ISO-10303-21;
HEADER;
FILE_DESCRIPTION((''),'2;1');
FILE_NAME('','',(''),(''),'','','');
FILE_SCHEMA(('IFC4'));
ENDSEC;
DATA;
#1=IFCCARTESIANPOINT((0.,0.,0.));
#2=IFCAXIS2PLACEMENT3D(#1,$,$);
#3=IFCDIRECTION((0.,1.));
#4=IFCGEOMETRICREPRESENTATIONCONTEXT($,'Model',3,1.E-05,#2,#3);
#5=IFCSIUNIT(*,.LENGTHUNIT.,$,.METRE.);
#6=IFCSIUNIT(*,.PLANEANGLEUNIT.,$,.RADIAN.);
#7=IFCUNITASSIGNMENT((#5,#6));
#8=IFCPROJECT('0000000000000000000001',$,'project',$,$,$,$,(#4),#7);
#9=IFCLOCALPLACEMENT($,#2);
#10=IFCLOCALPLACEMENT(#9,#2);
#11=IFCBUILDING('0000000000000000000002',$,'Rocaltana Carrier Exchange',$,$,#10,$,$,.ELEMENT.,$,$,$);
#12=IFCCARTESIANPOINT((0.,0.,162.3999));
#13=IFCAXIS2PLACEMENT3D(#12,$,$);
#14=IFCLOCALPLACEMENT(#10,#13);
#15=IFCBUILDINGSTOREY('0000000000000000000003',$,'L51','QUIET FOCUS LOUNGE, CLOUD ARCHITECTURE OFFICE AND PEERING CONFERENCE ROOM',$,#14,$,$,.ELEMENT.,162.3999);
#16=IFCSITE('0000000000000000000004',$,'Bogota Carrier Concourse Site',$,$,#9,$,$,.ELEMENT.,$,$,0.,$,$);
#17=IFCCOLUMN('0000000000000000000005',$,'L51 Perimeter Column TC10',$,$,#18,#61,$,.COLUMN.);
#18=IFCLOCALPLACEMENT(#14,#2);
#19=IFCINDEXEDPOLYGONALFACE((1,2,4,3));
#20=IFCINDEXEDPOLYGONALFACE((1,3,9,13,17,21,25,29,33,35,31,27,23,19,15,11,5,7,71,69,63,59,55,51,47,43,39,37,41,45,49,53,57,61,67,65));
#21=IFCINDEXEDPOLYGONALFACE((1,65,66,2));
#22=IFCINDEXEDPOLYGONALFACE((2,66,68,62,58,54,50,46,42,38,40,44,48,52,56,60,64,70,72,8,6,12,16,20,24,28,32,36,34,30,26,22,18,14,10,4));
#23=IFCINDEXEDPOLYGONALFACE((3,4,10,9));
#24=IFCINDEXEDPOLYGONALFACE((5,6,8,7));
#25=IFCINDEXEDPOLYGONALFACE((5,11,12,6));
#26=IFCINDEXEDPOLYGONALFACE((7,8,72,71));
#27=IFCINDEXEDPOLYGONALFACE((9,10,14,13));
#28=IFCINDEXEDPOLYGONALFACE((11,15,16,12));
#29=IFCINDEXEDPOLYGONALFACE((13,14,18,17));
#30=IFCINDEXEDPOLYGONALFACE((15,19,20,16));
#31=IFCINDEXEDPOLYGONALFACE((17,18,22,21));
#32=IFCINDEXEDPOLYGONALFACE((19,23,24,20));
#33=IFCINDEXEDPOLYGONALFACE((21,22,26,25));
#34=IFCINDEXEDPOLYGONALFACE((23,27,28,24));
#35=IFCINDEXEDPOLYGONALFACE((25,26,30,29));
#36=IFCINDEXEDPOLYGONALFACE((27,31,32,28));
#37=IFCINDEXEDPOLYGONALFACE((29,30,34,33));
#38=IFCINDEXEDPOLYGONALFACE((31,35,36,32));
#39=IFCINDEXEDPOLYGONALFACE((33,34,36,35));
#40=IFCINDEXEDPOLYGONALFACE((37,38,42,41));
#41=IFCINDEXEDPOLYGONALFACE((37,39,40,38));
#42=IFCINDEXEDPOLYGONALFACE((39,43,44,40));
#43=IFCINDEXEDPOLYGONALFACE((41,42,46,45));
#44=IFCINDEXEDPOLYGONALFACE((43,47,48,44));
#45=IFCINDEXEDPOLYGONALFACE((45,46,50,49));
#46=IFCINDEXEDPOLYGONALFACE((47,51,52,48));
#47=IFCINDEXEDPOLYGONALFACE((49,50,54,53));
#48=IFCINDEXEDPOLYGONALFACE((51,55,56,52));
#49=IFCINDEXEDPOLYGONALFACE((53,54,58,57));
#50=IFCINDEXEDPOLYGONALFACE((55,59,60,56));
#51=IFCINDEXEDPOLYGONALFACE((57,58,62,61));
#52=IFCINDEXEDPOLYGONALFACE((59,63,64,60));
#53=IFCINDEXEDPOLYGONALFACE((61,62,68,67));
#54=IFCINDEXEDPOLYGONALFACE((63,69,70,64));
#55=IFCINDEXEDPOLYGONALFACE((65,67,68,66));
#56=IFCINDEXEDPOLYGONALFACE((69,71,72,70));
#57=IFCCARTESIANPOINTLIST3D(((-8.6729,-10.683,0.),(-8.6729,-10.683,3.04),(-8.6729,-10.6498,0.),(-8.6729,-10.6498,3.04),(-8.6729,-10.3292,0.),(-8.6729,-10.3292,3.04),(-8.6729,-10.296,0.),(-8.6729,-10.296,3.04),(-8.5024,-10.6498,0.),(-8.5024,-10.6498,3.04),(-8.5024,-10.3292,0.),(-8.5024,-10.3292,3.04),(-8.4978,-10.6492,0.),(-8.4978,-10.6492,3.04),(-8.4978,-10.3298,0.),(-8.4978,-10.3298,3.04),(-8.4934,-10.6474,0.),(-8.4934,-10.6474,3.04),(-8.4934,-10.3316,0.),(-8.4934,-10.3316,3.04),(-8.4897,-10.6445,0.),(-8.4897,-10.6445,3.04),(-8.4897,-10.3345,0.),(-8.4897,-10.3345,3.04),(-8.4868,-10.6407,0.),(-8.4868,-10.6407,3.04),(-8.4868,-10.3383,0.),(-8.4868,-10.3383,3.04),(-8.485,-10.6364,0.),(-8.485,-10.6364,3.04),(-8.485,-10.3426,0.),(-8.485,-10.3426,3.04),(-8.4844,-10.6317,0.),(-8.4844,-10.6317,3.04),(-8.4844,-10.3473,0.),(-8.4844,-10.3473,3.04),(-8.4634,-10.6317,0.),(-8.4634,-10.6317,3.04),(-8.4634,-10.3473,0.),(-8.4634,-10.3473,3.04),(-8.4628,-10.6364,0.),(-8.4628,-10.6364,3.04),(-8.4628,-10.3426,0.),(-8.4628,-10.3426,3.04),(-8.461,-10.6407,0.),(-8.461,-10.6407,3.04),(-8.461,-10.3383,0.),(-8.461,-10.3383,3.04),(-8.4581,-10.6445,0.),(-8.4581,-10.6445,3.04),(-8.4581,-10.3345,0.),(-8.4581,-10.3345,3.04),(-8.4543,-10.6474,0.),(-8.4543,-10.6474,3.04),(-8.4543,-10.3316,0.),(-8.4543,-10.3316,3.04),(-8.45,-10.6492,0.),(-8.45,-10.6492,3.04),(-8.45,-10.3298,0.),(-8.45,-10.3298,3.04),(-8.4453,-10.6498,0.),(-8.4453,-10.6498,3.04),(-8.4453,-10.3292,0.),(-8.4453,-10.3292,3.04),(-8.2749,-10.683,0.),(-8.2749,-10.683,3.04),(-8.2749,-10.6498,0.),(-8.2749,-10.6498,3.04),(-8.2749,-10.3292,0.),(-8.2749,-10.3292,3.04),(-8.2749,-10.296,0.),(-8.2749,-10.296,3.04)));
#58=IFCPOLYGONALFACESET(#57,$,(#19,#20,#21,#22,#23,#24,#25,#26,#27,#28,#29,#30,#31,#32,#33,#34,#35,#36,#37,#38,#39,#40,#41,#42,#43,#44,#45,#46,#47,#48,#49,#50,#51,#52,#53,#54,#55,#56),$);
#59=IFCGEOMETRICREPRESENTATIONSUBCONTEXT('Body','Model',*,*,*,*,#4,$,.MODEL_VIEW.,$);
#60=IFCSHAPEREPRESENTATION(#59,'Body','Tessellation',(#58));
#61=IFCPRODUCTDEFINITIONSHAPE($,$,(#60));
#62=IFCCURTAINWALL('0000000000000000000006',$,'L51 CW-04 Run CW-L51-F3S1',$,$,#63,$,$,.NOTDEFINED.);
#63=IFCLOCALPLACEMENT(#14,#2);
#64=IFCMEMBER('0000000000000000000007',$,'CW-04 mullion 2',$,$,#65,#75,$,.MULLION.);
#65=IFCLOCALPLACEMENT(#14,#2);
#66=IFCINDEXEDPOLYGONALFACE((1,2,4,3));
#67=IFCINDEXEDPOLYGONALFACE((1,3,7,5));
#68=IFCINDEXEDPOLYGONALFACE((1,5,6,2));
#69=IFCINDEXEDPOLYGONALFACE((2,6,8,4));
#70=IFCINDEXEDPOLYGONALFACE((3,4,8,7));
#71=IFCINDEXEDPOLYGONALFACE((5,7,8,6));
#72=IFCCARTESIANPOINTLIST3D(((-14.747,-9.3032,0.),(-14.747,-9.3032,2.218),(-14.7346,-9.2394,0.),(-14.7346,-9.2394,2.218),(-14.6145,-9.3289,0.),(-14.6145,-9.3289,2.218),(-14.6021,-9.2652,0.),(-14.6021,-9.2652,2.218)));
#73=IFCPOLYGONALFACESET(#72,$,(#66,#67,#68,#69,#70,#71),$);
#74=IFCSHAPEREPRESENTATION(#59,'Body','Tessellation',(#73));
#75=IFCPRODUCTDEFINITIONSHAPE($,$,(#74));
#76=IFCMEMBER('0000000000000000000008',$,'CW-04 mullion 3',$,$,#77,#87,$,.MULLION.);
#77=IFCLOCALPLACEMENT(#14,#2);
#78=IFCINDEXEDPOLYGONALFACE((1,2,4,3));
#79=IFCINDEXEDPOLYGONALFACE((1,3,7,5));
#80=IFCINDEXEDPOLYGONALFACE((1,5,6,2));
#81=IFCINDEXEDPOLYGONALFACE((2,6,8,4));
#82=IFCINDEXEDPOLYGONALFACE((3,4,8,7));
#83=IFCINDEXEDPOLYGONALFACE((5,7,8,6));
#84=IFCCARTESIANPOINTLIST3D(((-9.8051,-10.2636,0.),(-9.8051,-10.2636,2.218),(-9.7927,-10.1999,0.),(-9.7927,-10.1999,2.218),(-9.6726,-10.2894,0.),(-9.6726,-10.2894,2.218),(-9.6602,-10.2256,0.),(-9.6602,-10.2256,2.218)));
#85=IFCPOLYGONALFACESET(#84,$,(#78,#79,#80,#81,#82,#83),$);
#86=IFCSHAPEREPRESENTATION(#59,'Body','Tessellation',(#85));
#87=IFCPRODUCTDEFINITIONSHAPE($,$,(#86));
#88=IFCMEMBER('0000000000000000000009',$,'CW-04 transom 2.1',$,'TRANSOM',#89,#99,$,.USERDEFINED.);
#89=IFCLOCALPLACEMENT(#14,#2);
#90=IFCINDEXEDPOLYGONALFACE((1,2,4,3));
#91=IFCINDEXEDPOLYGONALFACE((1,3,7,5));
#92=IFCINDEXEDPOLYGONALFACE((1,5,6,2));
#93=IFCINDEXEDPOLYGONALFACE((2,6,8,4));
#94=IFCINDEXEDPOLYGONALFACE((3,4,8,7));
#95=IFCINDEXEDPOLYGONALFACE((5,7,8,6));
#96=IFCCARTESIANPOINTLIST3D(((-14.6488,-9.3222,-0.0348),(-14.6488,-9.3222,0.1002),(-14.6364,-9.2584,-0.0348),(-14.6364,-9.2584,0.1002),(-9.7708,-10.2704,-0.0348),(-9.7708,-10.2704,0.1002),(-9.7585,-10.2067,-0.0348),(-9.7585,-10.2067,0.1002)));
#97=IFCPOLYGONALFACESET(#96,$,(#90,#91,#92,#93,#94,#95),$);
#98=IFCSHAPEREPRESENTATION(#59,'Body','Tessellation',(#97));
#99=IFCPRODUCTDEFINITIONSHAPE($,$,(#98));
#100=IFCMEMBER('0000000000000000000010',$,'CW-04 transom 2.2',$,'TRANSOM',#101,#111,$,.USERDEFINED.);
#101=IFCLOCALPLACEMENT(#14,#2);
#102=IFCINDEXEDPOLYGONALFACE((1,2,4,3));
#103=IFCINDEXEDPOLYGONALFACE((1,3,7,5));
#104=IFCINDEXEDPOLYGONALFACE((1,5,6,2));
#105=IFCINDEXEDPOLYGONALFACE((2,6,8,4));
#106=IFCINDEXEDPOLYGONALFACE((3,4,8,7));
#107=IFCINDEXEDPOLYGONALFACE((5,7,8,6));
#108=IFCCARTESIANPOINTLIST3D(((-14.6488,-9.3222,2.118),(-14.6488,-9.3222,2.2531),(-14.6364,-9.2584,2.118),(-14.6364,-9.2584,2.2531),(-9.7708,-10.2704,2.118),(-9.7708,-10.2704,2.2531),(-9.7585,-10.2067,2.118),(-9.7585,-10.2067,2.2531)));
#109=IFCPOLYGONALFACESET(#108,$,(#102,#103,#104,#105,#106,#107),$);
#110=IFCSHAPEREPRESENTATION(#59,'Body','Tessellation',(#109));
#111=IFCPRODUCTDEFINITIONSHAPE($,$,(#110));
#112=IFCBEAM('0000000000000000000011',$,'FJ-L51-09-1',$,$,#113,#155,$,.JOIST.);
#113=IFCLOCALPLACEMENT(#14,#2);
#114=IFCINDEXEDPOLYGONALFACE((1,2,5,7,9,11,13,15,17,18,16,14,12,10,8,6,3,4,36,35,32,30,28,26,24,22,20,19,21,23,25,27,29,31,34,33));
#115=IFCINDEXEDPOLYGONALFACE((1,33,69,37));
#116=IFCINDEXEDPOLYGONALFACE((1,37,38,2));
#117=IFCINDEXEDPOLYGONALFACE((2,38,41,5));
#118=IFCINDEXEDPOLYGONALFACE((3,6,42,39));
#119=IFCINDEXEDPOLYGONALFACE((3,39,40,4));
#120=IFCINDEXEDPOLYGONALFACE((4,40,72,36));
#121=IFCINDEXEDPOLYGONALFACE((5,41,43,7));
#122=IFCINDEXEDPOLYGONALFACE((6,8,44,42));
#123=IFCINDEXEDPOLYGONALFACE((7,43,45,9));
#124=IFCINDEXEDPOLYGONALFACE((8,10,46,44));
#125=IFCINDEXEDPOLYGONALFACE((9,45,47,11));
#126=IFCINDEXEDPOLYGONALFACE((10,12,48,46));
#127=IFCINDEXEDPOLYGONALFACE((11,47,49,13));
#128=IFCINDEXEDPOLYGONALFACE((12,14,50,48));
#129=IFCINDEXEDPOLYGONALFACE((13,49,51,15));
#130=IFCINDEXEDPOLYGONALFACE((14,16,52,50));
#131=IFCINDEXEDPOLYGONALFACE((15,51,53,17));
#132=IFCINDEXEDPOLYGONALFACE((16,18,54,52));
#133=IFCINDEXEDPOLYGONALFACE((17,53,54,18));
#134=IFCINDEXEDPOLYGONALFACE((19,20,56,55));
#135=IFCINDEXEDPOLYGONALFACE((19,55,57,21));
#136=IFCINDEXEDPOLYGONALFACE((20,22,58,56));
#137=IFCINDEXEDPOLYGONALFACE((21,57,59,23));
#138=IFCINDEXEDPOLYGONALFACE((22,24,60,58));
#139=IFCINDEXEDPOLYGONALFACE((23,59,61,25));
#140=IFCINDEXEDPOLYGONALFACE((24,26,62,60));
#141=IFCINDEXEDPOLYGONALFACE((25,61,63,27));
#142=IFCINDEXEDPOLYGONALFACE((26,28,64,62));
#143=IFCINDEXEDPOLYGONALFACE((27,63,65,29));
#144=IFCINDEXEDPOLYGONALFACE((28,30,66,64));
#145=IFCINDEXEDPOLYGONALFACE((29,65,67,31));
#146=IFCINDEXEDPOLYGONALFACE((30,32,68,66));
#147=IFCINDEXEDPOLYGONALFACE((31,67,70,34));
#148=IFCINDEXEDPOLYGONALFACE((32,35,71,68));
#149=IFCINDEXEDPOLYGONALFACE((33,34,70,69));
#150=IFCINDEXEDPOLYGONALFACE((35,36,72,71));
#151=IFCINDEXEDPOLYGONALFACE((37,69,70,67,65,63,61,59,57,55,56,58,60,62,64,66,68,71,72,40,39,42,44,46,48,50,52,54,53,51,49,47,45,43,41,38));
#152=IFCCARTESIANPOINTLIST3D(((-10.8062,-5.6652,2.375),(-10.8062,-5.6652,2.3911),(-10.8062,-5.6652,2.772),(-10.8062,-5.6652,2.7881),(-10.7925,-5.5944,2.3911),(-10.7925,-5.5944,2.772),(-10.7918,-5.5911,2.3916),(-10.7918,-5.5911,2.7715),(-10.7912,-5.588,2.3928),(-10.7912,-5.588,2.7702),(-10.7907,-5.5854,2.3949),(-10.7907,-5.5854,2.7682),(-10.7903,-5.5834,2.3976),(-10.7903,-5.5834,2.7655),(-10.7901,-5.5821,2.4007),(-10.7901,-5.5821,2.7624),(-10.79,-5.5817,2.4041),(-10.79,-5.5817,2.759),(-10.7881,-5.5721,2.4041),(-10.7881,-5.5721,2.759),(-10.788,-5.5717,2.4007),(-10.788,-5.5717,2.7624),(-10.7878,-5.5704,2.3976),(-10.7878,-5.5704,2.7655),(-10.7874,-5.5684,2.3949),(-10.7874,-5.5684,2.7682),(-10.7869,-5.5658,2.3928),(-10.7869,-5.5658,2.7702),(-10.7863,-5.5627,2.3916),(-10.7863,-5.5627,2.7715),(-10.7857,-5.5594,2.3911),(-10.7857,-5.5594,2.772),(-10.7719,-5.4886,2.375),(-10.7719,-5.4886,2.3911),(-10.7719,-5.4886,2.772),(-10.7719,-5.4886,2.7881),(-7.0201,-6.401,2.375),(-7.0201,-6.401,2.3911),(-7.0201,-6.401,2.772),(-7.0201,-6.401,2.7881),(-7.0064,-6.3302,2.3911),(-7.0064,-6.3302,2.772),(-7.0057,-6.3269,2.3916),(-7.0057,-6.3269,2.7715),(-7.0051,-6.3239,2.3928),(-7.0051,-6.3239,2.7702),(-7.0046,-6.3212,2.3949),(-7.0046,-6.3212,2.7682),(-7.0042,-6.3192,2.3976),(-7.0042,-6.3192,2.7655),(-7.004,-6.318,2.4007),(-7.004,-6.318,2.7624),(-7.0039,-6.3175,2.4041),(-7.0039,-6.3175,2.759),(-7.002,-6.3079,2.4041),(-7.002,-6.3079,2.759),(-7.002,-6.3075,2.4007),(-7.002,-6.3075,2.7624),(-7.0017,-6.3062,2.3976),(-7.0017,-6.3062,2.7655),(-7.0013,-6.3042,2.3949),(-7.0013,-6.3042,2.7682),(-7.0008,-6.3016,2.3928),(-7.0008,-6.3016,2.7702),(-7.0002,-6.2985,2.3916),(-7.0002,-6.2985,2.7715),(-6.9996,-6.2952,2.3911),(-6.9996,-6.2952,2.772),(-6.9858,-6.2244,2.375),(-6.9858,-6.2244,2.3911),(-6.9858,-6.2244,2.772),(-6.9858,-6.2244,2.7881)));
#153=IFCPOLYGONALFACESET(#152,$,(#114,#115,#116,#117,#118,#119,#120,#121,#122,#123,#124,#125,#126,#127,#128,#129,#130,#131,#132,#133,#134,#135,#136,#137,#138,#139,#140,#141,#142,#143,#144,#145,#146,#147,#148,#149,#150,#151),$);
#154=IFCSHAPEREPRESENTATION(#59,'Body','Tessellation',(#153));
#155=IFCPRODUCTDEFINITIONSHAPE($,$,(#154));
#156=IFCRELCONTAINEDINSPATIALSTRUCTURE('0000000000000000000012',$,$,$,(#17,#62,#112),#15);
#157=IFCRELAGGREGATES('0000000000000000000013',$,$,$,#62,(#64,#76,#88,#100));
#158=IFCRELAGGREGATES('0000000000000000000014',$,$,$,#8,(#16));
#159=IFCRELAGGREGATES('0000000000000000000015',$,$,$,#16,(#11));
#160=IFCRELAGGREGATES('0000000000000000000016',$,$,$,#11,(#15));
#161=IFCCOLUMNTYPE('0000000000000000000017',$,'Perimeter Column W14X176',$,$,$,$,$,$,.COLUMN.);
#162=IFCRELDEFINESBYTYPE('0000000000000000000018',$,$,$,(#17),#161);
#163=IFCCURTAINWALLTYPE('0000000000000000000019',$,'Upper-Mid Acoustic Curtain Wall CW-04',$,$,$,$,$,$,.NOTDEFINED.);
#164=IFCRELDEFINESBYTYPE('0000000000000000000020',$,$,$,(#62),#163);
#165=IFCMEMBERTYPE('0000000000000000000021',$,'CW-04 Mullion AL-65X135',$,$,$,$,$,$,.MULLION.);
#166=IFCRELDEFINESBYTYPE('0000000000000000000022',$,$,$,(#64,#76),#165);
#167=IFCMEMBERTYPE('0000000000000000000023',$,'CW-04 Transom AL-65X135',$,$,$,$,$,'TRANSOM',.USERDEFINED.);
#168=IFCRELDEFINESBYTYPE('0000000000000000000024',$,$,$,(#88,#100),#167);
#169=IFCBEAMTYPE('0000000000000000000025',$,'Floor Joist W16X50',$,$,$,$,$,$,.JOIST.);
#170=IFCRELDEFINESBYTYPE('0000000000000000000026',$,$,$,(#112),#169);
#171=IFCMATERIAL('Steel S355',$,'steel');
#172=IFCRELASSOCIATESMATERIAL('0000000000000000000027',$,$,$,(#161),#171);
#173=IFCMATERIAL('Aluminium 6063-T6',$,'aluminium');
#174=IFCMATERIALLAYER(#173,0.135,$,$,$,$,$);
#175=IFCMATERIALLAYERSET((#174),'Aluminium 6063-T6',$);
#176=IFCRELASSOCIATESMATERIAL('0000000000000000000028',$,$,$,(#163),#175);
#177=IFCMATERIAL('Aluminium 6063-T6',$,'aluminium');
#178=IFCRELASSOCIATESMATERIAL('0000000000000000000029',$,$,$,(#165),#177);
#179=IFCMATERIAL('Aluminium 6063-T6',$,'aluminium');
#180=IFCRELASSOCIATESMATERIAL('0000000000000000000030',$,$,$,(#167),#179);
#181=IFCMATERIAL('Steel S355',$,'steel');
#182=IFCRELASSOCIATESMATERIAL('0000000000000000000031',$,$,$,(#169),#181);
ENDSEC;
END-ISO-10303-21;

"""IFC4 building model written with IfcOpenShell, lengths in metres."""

from ifc_helpers import new_model, si_unit, direction, frame, origin, origin_2d, place, context, subcontext, project, spatial, rectangle, i_section, extrude, material, layer, layer_set, material_profile, profile_set, type_object, element, aggregate, save


model = new_model("IFC4")

# Units and contexts
model_context = context("Model", 3, precision=1e-05, world=origin(), true_north=direction((0.0, 1.0)))
body_context = subcontext(model_context, "Body", "Model", "MODEL_VIEW")
ifc_project = project(units=[si_unit("LENGTHUNIT", "METRE"), si_unit("PLANEANGLEUNIT", "RADIAN")], contexts=[model_context])

# Site, building, storey
site_placement = place(None, origin())
site = spatial("IfcSite", under=ifc_project, at=site_placement, Name="Bogota Carrier Concourse Site", CompositionType="ELEMENT", RefElevation=0.0)
building_placement = place(site_placement, origin())
building = spatial("IfcBuilding", under=site, at=building_placement, Name="Rocaltana Carrier Exchange", CompositionType="ELEMENT")
storey_placement = place(building_placement, frame((0.0, 0.0, 162.3999)))
storey = spatial("IfcBuildingStorey", under=building, at=storey_placement, Name="L51", Description="QUIET FOCUS LOUNGE, CLOUD ARCHITECTURE OFFICE AND PEERING CONFERENCE ROOM", CompositionType="ELEMENT", Elevation=162.3999)

# Column
ifc_material_1 = material(Name="Steel S355", Category="steel")
ifc_material_profile_1 = material_profile(ifc_material_1, i_section(OverallWidth=0.3979, OverallDepth=0.387, WebThickness=0.021, FlangeThickness=0.0332, FilletRadius=0.0181, at=origin_2d()), Name="W14X176")
ifc_profile_set_1 = profile_set([ifc_material_profile_1], Name="Steel S355")
column_type = type_object("IfcColumnType", Name="Perimeter Column W14X176", PredefinedType="COLUMN", material=ifc_profile_set_1)
column_placement = place(storey_placement, frame((-8.4739, -10.4895, 0.0), z_axis=(0.0, 0.0, 1.0), x_axis=(1.0, 0.0, 0.0)))
element("IfcColumn", 1, at=column_placement, inside=storey, type_object=column_type, Name="L51 Perimeter Column TC10", PredefinedType="COLUMN", context=body_context, shape_type="SweptSolid", body=[
    extrude(i_section(OverallWidth=0.3979, OverallDepth=0.387, WebThickness=0.021, FlangeThickness=0.0332, FilletRadius=0.0181, at=origin_2d()), origin(), (0.0, 0.0, 1.0), 3.04),
])

# Curtain wall, members
ifc_material_2 = material(Name="Aluminium 6063-T6", Category="aluminium")
ifc_layer_1 = layer(ifc_material_2, 0.135)
ifc_layer_set_1 = layer_set([ifc_layer_1], Name="Aluminium 6063-T6")
curtain_wall_type = type_object("IfcCurtainWallType", Name="Upper-Mid Acoustic Curtain Wall CW-04", PredefinedType="NOTDEFINED", material=ifc_layer_set_1)
curtain_wall_placement = place(storey_placement, origin())
curtain_wall = element("IfcCurtainWall", 2, at=curtain_wall_placement, inside=storey, type_object=curtain_wall_type, Name="L51 CW-04 Run CW-L51-F3S1", PredefinedType="NOTDEFINED")
ifc_material_3 = material(Name="Aluminium 6063-T6", Category="aluminium")
ifc_material_profile_2 = material_profile(ifc_material_3, rectangle(XDim=0.0649, YDim=0.135, at=origin_2d()), Name="AL-65X135")
ifc_profile_set_2 = profile_set([ifc_material_profile_2], Name="Aluminium 6063-T6")
member_type_1 = type_object("IfcMemberType", Name="CW-04 Mullion AL-65X135", PredefinedType="MULLION", material=ifc_profile_set_2)
member_1_placement = place(storey_placement, frame((-14.6746, -9.2842, 0.0), z_axis=(0.0, 0.0, 1.0), x_axis=(0.190803, 0.981628, 0.0)))
member_1 = element("IfcMember", 3, at=member_1_placement, type_object=member_type_1, Name="CW-04 mullion 2", PredefinedType="MULLION", context=body_context, shape_type="SweptSolid", body=[
    extrude(rectangle(XDim=0.0649, YDim=0.135, at=origin_2d()), origin(), (0.0, 0.0, 1.0), 2.218),
])
member_2_placement = place(storey_placement, frame((-9.7327, -10.2446, 0.0), z_axis=(0.0, 0.0, 1.0), x_axis=(0.190803, 0.981628, 0.0)))
member_2 = element("IfcMember", 4, at=member_2_placement, type_object=member_type_1, Name="CW-04 mullion 3", PredefinedType="MULLION", context=body_context, shape_type="SweptSolid", body=[
    extrude(rectangle(XDim=0.0649, YDim=0.135, at=origin_2d()), origin(), (0.0, 0.0, 1.0), 2.218),
])
ifc_material_4 = material(Name="Aluminium 6063-T6", Category="aluminium")
ifc_material_profile_3 = material_profile(ifc_material_4, rectangle(XDim=0.0649, YDim=0.135, at=origin_2d()), Name="AL-65X135")
ifc_profile_set_3 = profile_set([ifc_material_profile_3], Name="Aluminium 6063-T6")
member_type_2 = type_object("IfcMemberType", Name="CW-04 Transom AL-65X135", ElementType="TRANSOM", PredefinedType="USERDEFINED", material=ifc_profile_set_3)
member_3_placement = place(storey_placement, frame((-14.6426, -9.2903, 0.0327), z_axis=(0.981625, -0.190822, 0.0), x_axis=(0.190822, 0.981625, 0.0)))
member_3 = element("IfcMember", 5, at=member_3_placement, type_object=member_type_2, Name="CW-04 transom 2.1", ObjectType="TRANSOM", PredefinedType="USERDEFINED", context=body_context, shape_type="SweptSolid", body=[
    extrude(rectangle(XDim=0.0649, YDim=0.135, at=origin_2d()), origin(), (0.0, 0.0, 1.0), 4.9692),
])
member_4_placement = place(storey_placement, frame((-14.6426, -9.2903, 2.1855), z_axis=(0.981625, -0.190822, 0.0), x_axis=(0.190822, 0.981625, 0.0)))
member_4 = element("IfcMember", 6, at=member_4_placement, type_object=member_type_2, Name="CW-04 transom 2.2", ObjectType="TRANSOM", PredefinedType="USERDEFINED", context=body_context, shape_type="SweptSolid", body=[
    extrude(rectangle(XDim=0.0649, YDim=0.135, at=origin_2d()), origin(), (0.0, 0.0, 1.0), 4.9692),
])

# Beam
ifc_material_5 = material(Name="Steel S355", Category="steel")
ifc_material_profile_4 = material_profile(ifc_material_5, i_section(OverallWidth=0.1799, OverallDepth=0.4131, WebThickness=0.0098, FlangeThickness=0.0161, FilletRadius=0.0129, at=origin_2d()), Name="W16X50")
ifc_profile_set_4 = profile_set([ifc_material_profile_4], Name="Steel S355")
beam_type_1 = type_object("IfcBeamType", Name="Floor Joist W16X50", PredefinedType="JOIST", material=ifc_profile_set_4)
beam_1_placement = place(storey_placement, frame((-10.7891, -5.5769, 2.5815), z_axis=(0.981633, -0.190782, 0.0), x_axis=(0.190782, 0.981633, 0.0)))
element("IfcBeam", 7, at=beam_1_placement, inside=storey, type_object=beam_type_1, Name="FJ-L51-09-1", PredefinedType="JOIST", context=body_context, shape_type="SweptSolid", body=[
    extrude(i_section(OverallWidth=0.1799, OverallDepth=0.4131, WebThickness=0.0098, FlangeThickness=0.0161, FilletRadius=0.0129, at=origin_2d()), origin(), (0.0, 0.0, 1.0), 3.8569),
])

aggregate(curtain_wall, [member_1, member_2, member_3, member_4])

save(model, "model.ifc")
